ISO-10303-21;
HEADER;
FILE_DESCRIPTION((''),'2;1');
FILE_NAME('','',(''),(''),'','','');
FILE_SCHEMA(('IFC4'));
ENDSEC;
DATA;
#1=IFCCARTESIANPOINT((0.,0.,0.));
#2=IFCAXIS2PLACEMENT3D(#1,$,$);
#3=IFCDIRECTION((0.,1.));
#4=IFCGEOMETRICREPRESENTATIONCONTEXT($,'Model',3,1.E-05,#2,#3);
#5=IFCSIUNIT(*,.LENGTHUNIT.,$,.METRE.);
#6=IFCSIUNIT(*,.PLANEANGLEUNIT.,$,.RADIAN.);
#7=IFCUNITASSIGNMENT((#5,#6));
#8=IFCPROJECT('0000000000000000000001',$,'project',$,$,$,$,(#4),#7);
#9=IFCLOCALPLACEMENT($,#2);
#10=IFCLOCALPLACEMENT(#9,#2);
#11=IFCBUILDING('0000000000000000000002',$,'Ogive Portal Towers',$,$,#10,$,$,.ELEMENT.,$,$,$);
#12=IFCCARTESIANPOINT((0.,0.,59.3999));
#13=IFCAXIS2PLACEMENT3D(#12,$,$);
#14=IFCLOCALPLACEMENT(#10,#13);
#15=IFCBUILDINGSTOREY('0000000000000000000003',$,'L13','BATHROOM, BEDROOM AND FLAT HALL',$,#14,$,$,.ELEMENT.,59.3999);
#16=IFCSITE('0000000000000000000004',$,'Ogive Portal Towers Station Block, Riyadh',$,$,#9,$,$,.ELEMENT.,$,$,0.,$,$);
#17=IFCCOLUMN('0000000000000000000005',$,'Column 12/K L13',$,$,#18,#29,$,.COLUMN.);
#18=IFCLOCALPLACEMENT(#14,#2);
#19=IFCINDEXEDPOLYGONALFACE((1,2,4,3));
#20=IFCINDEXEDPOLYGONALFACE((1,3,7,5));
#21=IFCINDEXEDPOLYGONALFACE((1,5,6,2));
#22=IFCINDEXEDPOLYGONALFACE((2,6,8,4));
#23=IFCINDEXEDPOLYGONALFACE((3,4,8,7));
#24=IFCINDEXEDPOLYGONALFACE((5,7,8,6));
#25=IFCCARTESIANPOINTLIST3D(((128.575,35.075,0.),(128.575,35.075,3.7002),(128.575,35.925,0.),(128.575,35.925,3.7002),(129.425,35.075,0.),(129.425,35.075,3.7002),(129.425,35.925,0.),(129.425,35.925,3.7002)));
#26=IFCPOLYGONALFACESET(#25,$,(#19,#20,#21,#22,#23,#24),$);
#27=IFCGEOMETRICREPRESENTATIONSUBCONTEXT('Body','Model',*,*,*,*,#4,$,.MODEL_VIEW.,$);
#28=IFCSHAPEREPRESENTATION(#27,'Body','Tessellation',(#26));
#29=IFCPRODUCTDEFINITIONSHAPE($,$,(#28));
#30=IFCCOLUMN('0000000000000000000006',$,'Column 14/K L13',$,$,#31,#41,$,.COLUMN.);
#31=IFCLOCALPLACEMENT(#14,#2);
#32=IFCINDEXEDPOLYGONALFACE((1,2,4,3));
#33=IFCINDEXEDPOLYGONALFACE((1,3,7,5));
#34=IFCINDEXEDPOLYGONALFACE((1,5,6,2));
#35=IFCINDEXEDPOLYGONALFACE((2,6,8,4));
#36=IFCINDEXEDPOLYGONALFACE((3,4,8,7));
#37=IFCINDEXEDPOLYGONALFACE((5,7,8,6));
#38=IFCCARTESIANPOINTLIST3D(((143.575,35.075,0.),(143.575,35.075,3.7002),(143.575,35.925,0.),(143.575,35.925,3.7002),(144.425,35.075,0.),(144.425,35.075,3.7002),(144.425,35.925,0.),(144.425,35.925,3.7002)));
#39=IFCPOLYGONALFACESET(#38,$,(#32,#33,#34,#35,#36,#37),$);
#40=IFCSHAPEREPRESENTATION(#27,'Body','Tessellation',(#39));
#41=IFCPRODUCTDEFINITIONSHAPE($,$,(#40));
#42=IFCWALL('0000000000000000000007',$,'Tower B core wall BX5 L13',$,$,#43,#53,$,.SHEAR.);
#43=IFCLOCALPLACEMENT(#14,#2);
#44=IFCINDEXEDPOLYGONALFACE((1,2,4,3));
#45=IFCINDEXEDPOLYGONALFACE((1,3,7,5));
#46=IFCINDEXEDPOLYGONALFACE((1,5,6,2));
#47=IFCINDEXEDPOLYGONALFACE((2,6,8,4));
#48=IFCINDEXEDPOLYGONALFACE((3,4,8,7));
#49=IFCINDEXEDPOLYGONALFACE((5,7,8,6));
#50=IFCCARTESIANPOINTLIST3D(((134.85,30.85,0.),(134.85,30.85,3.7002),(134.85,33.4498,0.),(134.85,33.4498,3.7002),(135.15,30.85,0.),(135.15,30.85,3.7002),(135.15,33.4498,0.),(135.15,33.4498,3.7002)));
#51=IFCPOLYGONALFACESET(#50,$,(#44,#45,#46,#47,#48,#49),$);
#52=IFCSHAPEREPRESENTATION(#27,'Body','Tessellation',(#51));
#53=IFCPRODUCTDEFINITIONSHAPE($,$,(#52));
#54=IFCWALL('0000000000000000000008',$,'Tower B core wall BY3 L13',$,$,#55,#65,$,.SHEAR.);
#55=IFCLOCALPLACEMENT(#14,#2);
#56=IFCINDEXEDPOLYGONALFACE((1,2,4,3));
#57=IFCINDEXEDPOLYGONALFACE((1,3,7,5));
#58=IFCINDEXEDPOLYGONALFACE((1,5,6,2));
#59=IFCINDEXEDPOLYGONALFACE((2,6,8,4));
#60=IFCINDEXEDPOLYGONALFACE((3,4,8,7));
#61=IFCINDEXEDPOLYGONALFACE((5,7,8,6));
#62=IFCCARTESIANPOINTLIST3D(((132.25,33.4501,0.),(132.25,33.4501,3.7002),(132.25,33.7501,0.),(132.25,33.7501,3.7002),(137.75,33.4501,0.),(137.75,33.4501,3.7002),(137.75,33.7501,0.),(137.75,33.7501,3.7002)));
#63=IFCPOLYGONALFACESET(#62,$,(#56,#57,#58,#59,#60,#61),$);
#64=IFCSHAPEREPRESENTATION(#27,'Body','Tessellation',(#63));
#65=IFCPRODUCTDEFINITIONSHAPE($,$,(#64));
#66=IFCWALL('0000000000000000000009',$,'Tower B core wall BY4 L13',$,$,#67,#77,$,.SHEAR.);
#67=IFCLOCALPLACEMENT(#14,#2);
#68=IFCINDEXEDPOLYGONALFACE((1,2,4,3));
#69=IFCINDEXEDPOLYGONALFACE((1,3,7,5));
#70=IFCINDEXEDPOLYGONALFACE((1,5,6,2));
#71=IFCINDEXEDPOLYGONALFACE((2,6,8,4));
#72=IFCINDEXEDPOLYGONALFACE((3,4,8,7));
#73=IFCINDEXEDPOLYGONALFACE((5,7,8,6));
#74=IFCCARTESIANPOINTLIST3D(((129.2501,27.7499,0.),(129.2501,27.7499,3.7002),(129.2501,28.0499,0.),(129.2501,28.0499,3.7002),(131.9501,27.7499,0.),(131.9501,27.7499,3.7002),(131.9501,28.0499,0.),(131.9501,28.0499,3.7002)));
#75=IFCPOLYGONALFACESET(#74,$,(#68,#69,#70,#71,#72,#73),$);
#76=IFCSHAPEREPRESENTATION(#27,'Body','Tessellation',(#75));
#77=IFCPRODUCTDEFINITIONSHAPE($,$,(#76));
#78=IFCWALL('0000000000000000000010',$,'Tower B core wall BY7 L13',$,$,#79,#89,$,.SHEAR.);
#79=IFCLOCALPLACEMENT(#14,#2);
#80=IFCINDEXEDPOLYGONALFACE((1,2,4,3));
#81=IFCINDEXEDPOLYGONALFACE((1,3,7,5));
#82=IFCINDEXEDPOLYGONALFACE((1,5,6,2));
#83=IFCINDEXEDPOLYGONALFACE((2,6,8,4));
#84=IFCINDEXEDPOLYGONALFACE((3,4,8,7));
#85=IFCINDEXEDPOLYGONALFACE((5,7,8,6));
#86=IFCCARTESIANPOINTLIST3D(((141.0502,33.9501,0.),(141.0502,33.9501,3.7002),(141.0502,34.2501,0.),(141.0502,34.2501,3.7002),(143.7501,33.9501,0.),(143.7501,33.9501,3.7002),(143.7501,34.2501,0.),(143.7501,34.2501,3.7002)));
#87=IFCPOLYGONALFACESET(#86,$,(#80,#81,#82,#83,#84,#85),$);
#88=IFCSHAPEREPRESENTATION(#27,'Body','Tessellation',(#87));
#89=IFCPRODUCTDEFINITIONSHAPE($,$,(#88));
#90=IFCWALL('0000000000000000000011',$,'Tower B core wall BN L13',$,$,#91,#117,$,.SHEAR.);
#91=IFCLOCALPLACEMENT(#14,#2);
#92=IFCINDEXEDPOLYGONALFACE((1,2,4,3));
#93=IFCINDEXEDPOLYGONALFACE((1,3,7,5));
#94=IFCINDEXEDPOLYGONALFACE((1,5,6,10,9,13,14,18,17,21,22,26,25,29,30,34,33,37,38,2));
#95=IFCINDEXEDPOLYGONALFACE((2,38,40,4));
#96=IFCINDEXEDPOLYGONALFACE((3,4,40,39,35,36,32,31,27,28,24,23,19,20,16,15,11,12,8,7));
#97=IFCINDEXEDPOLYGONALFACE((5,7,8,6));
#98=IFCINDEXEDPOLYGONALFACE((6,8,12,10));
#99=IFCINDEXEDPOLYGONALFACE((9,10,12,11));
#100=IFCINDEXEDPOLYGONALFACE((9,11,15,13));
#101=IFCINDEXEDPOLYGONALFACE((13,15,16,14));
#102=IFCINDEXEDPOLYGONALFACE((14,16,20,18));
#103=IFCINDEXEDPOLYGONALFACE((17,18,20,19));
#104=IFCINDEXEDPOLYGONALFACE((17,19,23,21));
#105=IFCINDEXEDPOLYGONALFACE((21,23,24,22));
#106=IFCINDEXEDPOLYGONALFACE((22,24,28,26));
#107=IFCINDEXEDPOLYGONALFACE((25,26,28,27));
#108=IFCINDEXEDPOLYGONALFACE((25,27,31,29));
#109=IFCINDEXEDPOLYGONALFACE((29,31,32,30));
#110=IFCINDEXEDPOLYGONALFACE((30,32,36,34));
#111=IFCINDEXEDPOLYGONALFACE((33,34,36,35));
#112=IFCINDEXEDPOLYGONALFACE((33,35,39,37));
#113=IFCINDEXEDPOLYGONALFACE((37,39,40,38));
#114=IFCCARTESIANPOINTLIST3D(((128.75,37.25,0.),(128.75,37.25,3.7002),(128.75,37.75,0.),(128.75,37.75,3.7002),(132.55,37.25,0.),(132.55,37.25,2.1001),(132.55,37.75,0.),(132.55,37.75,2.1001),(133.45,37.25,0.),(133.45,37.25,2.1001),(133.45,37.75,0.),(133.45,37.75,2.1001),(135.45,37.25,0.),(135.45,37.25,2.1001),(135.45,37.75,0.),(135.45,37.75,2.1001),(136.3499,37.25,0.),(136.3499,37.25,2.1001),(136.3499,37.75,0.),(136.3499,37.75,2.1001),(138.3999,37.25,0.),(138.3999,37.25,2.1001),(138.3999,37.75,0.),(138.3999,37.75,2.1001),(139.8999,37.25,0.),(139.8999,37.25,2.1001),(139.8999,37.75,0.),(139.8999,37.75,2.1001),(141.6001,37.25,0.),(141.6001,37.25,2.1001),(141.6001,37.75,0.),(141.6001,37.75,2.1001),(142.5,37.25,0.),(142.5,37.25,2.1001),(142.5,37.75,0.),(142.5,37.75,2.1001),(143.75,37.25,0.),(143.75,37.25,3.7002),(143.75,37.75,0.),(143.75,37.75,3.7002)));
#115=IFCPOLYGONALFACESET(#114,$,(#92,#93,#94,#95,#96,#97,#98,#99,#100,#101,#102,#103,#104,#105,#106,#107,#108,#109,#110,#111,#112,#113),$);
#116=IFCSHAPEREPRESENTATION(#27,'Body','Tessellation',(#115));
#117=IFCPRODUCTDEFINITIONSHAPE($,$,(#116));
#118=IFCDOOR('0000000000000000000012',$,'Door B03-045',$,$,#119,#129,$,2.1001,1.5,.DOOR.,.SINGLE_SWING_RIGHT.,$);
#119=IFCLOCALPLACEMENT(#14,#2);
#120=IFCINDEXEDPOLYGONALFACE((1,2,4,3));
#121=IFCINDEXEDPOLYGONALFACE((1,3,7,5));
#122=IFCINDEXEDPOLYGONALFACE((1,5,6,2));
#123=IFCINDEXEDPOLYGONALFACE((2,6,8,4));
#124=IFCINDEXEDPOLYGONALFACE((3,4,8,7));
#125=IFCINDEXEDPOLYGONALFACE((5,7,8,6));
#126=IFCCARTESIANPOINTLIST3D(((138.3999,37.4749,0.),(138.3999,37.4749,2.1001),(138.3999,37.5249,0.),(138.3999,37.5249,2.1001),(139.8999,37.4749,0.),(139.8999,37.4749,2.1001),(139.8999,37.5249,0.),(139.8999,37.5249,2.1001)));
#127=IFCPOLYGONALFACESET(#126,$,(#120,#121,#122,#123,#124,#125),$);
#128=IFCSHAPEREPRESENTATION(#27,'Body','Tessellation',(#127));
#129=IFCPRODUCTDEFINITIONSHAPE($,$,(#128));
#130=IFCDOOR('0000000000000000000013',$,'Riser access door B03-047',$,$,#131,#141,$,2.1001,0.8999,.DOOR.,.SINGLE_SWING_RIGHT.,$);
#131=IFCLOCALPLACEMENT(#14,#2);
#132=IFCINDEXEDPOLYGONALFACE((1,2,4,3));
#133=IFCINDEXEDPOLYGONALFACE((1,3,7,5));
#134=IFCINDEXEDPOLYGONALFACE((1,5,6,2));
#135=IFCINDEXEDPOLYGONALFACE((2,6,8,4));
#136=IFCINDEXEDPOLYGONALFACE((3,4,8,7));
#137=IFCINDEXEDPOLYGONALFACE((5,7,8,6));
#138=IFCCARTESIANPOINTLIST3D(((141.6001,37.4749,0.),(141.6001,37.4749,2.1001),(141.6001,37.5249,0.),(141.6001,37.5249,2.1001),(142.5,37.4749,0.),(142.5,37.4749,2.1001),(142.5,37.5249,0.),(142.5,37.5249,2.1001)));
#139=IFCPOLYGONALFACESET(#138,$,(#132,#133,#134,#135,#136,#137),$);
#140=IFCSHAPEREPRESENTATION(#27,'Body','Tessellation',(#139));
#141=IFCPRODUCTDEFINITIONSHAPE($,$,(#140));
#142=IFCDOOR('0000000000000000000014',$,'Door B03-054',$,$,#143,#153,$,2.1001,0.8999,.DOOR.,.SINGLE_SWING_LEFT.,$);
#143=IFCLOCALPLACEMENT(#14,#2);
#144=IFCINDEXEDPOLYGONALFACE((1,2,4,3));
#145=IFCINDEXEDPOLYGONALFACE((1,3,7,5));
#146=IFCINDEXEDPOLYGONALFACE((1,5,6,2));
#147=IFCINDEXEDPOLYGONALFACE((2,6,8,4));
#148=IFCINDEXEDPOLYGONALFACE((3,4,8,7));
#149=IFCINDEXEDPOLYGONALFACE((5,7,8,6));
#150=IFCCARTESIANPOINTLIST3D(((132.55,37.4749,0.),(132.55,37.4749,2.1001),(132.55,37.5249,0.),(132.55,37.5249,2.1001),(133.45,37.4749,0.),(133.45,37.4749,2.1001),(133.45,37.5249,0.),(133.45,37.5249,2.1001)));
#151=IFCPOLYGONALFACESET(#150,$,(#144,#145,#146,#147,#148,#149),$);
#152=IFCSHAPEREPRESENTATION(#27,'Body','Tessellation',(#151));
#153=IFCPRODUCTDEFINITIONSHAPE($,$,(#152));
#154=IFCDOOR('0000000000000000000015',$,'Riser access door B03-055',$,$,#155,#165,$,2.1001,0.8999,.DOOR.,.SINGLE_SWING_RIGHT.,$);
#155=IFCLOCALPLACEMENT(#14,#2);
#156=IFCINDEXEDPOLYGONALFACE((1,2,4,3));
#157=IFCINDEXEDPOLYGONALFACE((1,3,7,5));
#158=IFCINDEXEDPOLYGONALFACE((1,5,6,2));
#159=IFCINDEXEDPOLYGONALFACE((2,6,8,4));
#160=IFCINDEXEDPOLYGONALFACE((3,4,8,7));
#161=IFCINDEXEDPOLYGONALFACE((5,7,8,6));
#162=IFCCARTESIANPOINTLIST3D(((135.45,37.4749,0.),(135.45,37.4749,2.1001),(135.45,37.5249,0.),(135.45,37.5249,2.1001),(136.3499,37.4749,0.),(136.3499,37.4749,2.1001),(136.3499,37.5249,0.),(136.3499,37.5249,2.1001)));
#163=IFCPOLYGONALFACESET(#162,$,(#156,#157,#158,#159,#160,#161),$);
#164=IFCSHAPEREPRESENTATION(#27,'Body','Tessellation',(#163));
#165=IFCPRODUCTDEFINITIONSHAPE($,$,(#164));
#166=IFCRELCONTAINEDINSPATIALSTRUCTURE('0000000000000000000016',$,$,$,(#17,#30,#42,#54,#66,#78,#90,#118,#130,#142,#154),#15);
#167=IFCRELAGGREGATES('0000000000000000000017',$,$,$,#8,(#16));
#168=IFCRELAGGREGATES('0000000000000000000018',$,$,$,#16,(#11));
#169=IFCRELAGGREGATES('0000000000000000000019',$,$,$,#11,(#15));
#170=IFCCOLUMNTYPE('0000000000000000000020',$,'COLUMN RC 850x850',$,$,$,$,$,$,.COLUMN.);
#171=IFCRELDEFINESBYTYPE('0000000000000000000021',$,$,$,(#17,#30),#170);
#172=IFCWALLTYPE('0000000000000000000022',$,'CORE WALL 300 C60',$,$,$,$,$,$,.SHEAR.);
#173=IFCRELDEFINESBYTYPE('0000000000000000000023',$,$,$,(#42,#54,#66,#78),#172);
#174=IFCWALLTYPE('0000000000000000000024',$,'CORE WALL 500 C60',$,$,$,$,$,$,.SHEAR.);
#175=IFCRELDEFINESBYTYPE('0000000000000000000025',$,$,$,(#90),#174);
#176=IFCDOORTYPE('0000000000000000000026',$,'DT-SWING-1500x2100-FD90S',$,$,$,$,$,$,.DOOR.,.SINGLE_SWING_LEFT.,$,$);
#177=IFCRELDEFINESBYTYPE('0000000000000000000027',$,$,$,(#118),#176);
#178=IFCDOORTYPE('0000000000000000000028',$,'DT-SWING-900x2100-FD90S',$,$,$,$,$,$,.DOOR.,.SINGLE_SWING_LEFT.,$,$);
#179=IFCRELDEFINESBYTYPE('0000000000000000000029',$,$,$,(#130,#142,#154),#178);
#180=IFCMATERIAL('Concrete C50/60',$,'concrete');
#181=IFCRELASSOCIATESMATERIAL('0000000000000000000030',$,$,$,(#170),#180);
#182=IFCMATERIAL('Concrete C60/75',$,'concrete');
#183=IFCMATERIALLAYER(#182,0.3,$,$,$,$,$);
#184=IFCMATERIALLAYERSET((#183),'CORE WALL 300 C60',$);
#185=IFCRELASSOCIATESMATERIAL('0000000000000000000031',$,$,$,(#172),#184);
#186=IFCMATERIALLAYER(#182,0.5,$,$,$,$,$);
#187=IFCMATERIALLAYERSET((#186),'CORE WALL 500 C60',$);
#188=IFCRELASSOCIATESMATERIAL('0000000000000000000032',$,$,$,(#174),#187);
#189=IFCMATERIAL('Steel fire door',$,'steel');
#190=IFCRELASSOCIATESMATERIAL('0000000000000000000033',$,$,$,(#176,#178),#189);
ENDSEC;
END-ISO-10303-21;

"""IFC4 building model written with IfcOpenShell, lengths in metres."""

from ifc_helpers import new_model, si_unit, direction, frame, frame_2d, origin, origin_2d, place, context, subcontext, project, spatial, rectangle, extrude, material, layer, layer_set, material_profile, profile_set, type_object, element, fill, save


model = new_model("IFC4")

# Units and contexts
model_context = context("Model", 3, precision=1e-05, world=origin(), true_north=direction((0.0, 1.0)))
body_context = subcontext(model_context, "Body", "Model", "MODEL_VIEW")
ifc_project = project(units=[si_unit("LENGTHUNIT", "METRE"), si_unit("PLANEANGLEUNIT", "RADIAN")], contexts=[model_context])

# Site, building, storey
site_placement = place(None, origin())
site = spatial("IfcSite", under=ifc_project, at=site_placement, Name="Ogive Portal Towers Station Block, Riyadh", CompositionType="ELEMENT", RefElevation=0.0)
building_placement = place(site_placement, origin())
building = spatial("IfcBuilding", under=site, at=building_placement, Name="Ogive Portal Towers", CompositionType="ELEMENT")
storey_placement = place(building_placement, frame((0.0, 0.0, 59.3999)))
storey = spatial("IfcBuildingStorey", under=building, at=storey_placement, Name="L13", Description="BATHROOM, BEDROOM AND FLAT HALL", CompositionType="ELEMENT", Elevation=59.3999)

# Columns
ifc_material_1 = material(Name="Concrete C50/60", Category="concrete")
ifc_material_profile = material_profile(ifc_material_1, rectangle(XDim=0.8501, YDim=0.8501, at=origin_2d()), Name="RC 850x850")
ifc_profile_set = profile_set([ifc_material_profile], Name="Concrete C50/60")
column_type = type_object("IfcColumnType", Name="COLUMN RC 850x850", PredefinedType="COLUMN", material=ifc_profile_set)
for number, where, z_axis, x_axis, name in (
    (1, (129.0, 35.5, 0.0), (0.0, 0.0, 1.0), (1.0, 0.0, 0.0), "Column 12/K L13"),
    (2, (144.0, 35.5, 0.0), (0.0, 0.0, 1.0), (1.0, 0.0, 0.0), "Column 14/K L13"),
):
    element("IfcColumn", number, at=place(storey_placement, frame(where, z_axis=z_axis, x_axis=x_axis)), inside=storey, type_object=column_type, Name=name, PredefinedType="COLUMN", context=body_context, shape_type="SweptSolid", body=[
        extrude(rectangle(XDim=0.8501, YDim=0.8501, at=origin_2d()), origin(), (0.0, 0.0, 1.0), 3.7002),
    ])

# Wall
ifc_material_2 = material(Name="Concrete C60/75", Category="concrete")
ifc_layer_1 = layer(ifc_material_2, 0.3)
ifc_layer_set_1 = layer_set([ifc_layer_1], Name="CORE WALL 300 C60")
wall_type_1 = type_object("IfcWallType", Name="CORE WALL 300 C60", PredefinedType="SHEAR", material=ifc_layer_set_1)
wall_1_placement = place(storey_placement, frame((135.0, 30.8501, 0.0), z_axis=(0.0, 0.0, 1.0), x_axis=(0.0, 1.0, 0.0)))
element("IfcWall", 3, at=wall_1_placement, inside=storey, type_object=wall_type_1, Name="Tower B core wall BX5 L13", PredefinedType="SHEAR", context=body_context, shape_type="SweptSolid", body=[
    extrude(rectangle(XDim=2.5999, YDim=0.3, at=frame_2d((1.2998, 0.0))), origin(), (0.0, 0.0, 1.0), 3.7002),
])

# Walls
wall_2_placement = place(storey_placement, frame((132.25, 33.6001, 0.0), z_axis=(0.0, 0.0, 1.0), x_axis=(1.0, 0.0, 0.0)))
element("IfcWall", 4, at=wall_2_placement, inside=storey, type_object=wall_type_1, Name="Tower B core wall BY3 L13", PredefinedType="SHEAR", context=body_context, shape_type="SweptSolid", body=[
    extrude(rectangle(XDim=5.5, YDim=0.3, at=frame_2d((2.75, 0.0))), origin(), (0.0, 0.0, 1.0), 3.7002),
])
wall_3_placement = place(storey_placement, frame((129.25, 27.8999, 0.0), z_axis=(0.0, 0.0, 1.0), x_axis=(1.0, 0.0, 0.0)))
element("IfcWall", 5, at=wall_3_placement, inside=storey, type_object=wall_type_1, Name="Tower B core wall BY4 L13", PredefinedType="SHEAR", context=body_context, shape_type="SweptSolid", body=[
    extrude(rectangle(XDim=2.7, YDim=0.3, at=frame_2d((1.3501, 0.0))), origin(), (0.0, 0.0, 1.0), 3.7002),
])

# Wall
wall_4_placement = place(storey_placement, frame((141.05, 34.1001, 0.0), z_axis=(0.0, 0.0, 1.0), x_axis=(1.0, 0.0, 0.0)))
element("IfcWall", 6, at=wall_4_placement, inside=storey, type_object=wall_type_1, Name="Tower B core wall BY7 L13", PredefinedType="SHEAR", context=body_context, shape_type="SweptSolid", body=[
    extrude(rectangle(XDim=2.7, YDim=0.3, at=frame_2d((1.3501, 0.0))), origin(), (0.0, 0.0, 1.0), 3.7002),
])

# Wall, openings, doors
ifc_layer_2 = layer(ifc_material_2, 0.5)
ifc_layer_set_2 = layer_set([ifc_layer_2], Name="CORE WALL 500 C60")
wall_type_2 = type_object("IfcWallType", Name="CORE WALL 500 C60", PredefinedType="SHEAR", material=ifc_layer_set_2)
wall_5_placement = place(storey_placement, frame((128.75, 37.5, 0.0), z_axis=(0.0, 0.0, 1.0), x_axis=(1.0, 0.0, 0.0)))
wall_5 = element("IfcWall", 7, at=wall_5_placement, inside=storey, type_object=wall_type_2, Name="Tower B core wall BN L13", PredefinedType="SHEAR", context=body_context, shape_type="SweptSolid", body=[
    extrude(rectangle(XDim=15.0, YDim=0.5, at=frame_2d((7.5, 0.0))), origin(), (0.0, 0.0, 1.0), 3.7002),
])
opening_1_placement = place(wall_5_placement, frame((9.6499, 0.0, 0.0)))
opening_1 = element("IfcOpeningElement", 8, at=opening_1_placement, cuts=wall_5, PredefinedType="OPENING", context=body_context, shape_type="SweptSolid", body=[
    extrude(rectangle(XDim=1.5, YDim=2.1001, at=frame_2d((0.75, 1.05))), frame((0.0, 0.26, 0.0), z_axis=(0.0, -1.0, 0.0), x_axis=(1.0, 0.0, 0.0)), (0.0, 0.0, 1.0), 0.52),
])
opening_2_placement = place(wall_5_placement, frame((12.8501, 0.0, 0.0)))
opening_2 = element("IfcOpeningElement", 9, at=opening_2_placement, cuts=wall_5, PredefinedType="OPENING", context=body_context, shape_type="SweptSolid", body=[
    extrude(rectangle(XDim=0.8999, YDim=2.1001, at=frame_2d((0.45, 1.05))), frame((0.0, 0.26, 0.0), z_axis=(0.0, -1.0, 0.0), x_axis=(1.0, 0.0, 0.0)), (0.0, 0.0, 1.0), 0.52),
])
opening_3_placement = place(wall_5_placement, frame((3.8, 0.0, 0.0)))
opening_3 = element("IfcOpeningElement", 10, at=opening_3_placement, cuts=wall_5, PredefinedType="OPENING", context=body_context, shape_type="SweptSolid", body=[
    extrude(rectangle(XDim=0.8999, YDim=2.1001, at=frame_2d((0.45, 1.05))), frame((0.0, 0.26, 0.0), z_axis=(0.0, -1.0, 0.0), x_axis=(1.0, 0.0, 0.0)), (0.0, 0.0, 1.0), 0.52),
])
opening_4_placement = place(wall_5_placement, frame((6.7, 0.0, 0.0)))
opening_4 = element("IfcOpeningElement", 11, at=opening_4_placement, cuts=wall_5, PredefinedType="OPENING", context=body_context, shape_type="SweptSolid", body=[
    extrude(rectangle(XDim=0.8999, YDim=2.1001, at=frame_2d((0.45, 1.05))), frame((0.0, 0.26, 0.0), z_axis=(0.0, -1.0, 0.0), x_axis=(1.0, 0.0, 0.0)), (0.0, 0.0, 1.0), 0.52),
])
ifc_material_3 = material(Name="Steel fire door", Category="steel")
door_type_1 = type_object("IfcDoorType", Name="DT-SWING-1500x2100-FD90S", OperationType="SINGLE_SWING_LEFT", PredefinedType="DOOR", material=ifc_material_3)
door_1_placement = place(opening_1_placement, origin())
door_1 = element("IfcDoor", 12, at=door_1_placement, inside=storey, type_object=door_type_1, Name="Door B03-045", OperationType="SINGLE_SWING_RIGHT", OverallHeight=2.1001, OverallWidth=1.5, PredefinedType="DOOR", context=body_context, shape_type="SweptSolid", body=[
    extrude(rectangle(XDim=1.5, YDim=2.1001, at=frame_2d((0.75, 1.05))), frame((0.0, 0.0249, 0.0), z_axis=(0.0, -1.0, 0.0), x_axis=(1.0, 0.0, 0.0)), (0.0, 0.0, 1.0), 0.05),
])
fill(opening_1, door_1)
door_type_2 = type_object("IfcDoorType", Name="DT-SWING-900x2100-FD90S", OperationType="SINGLE_SWING_LEFT", PredefinedType="DOOR", material=ifc_material_3)
door_2_placement = place(opening_2_placement, origin())
door_2 = element("IfcDoor", 13, at=door_2_placement, inside=storey, type_object=door_type_2, Name="Riser access door B03-047", OperationType="SINGLE_SWING_RIGHT", OverallHeight=2.1001, OverallWidth=0.8999, PredefinedType="DOOR", context=body_context, shape_type="SweptSolid", body=[
    extrude(rectangle(XDim=0.8999, YDim=2.1001, at=frame_2d((0.45, 1.05))), frame((0.0, 0.0249, 0.0), z_axis=(0.0, -1.0, 0.0), x_axis=(1.0, 0.0, 0.0)), (0.0, 0.0, 1.0), 0.05),
])
fill(opening_2, door_2)
door_3_placement = place(opening_3_placement, origin())
door_3 = element("IfcDoor", 14, at=door_3_placement, inside=storey, type_object=door_type_2, Name="Door B03-054", OperationType="SINGLE_SWING_LEFT", OverallHeight=2.1001, OverallWidth=0.8999, PredefinedType="DOOR", context=body_context, shape_type="SweptSolid", body=[
    extrude(rectangle(XDim=0.8999, YDim=2.1001, at=frame_2d((0.45, 1.05))), frame((0.0, 0.0249, 0.0), z_axis=(0.0, -1.0, 0.0), x_axis=(1.0, 0.0, 0.0)), (0.0, 0.0, 1.0), 0.05),
])
fill(opening_3, door_3)
door_4_placement = place(opening_4_placement, origin())
door_4 = element("IfcDoor", 15, at=door_4_placement, inside=storey, type_object=door_type_2, Name="Riser access door B03-055", OperationType="SINGLE_SWING_RIGHT", OverallHeight=2.1001, OverallWidth=0.8999, PredefinedType="DOOR", context=body_context, shape_type="SweptSolid", body=[
    extrude(rectangle(XDim=0.8999, YDim=2.1001, at=frame_2d((0.45, 1.05))), frame((0.0, 0.0249, 0.0), z_axis=(0.0, -1.0, 0.0), x_axis=(1.0, 0.0, 0.0)), (0.0, 0.0, 1.0), 0.05),
])
fill(opening_4, door_4)

save(model, "model.ifc")
